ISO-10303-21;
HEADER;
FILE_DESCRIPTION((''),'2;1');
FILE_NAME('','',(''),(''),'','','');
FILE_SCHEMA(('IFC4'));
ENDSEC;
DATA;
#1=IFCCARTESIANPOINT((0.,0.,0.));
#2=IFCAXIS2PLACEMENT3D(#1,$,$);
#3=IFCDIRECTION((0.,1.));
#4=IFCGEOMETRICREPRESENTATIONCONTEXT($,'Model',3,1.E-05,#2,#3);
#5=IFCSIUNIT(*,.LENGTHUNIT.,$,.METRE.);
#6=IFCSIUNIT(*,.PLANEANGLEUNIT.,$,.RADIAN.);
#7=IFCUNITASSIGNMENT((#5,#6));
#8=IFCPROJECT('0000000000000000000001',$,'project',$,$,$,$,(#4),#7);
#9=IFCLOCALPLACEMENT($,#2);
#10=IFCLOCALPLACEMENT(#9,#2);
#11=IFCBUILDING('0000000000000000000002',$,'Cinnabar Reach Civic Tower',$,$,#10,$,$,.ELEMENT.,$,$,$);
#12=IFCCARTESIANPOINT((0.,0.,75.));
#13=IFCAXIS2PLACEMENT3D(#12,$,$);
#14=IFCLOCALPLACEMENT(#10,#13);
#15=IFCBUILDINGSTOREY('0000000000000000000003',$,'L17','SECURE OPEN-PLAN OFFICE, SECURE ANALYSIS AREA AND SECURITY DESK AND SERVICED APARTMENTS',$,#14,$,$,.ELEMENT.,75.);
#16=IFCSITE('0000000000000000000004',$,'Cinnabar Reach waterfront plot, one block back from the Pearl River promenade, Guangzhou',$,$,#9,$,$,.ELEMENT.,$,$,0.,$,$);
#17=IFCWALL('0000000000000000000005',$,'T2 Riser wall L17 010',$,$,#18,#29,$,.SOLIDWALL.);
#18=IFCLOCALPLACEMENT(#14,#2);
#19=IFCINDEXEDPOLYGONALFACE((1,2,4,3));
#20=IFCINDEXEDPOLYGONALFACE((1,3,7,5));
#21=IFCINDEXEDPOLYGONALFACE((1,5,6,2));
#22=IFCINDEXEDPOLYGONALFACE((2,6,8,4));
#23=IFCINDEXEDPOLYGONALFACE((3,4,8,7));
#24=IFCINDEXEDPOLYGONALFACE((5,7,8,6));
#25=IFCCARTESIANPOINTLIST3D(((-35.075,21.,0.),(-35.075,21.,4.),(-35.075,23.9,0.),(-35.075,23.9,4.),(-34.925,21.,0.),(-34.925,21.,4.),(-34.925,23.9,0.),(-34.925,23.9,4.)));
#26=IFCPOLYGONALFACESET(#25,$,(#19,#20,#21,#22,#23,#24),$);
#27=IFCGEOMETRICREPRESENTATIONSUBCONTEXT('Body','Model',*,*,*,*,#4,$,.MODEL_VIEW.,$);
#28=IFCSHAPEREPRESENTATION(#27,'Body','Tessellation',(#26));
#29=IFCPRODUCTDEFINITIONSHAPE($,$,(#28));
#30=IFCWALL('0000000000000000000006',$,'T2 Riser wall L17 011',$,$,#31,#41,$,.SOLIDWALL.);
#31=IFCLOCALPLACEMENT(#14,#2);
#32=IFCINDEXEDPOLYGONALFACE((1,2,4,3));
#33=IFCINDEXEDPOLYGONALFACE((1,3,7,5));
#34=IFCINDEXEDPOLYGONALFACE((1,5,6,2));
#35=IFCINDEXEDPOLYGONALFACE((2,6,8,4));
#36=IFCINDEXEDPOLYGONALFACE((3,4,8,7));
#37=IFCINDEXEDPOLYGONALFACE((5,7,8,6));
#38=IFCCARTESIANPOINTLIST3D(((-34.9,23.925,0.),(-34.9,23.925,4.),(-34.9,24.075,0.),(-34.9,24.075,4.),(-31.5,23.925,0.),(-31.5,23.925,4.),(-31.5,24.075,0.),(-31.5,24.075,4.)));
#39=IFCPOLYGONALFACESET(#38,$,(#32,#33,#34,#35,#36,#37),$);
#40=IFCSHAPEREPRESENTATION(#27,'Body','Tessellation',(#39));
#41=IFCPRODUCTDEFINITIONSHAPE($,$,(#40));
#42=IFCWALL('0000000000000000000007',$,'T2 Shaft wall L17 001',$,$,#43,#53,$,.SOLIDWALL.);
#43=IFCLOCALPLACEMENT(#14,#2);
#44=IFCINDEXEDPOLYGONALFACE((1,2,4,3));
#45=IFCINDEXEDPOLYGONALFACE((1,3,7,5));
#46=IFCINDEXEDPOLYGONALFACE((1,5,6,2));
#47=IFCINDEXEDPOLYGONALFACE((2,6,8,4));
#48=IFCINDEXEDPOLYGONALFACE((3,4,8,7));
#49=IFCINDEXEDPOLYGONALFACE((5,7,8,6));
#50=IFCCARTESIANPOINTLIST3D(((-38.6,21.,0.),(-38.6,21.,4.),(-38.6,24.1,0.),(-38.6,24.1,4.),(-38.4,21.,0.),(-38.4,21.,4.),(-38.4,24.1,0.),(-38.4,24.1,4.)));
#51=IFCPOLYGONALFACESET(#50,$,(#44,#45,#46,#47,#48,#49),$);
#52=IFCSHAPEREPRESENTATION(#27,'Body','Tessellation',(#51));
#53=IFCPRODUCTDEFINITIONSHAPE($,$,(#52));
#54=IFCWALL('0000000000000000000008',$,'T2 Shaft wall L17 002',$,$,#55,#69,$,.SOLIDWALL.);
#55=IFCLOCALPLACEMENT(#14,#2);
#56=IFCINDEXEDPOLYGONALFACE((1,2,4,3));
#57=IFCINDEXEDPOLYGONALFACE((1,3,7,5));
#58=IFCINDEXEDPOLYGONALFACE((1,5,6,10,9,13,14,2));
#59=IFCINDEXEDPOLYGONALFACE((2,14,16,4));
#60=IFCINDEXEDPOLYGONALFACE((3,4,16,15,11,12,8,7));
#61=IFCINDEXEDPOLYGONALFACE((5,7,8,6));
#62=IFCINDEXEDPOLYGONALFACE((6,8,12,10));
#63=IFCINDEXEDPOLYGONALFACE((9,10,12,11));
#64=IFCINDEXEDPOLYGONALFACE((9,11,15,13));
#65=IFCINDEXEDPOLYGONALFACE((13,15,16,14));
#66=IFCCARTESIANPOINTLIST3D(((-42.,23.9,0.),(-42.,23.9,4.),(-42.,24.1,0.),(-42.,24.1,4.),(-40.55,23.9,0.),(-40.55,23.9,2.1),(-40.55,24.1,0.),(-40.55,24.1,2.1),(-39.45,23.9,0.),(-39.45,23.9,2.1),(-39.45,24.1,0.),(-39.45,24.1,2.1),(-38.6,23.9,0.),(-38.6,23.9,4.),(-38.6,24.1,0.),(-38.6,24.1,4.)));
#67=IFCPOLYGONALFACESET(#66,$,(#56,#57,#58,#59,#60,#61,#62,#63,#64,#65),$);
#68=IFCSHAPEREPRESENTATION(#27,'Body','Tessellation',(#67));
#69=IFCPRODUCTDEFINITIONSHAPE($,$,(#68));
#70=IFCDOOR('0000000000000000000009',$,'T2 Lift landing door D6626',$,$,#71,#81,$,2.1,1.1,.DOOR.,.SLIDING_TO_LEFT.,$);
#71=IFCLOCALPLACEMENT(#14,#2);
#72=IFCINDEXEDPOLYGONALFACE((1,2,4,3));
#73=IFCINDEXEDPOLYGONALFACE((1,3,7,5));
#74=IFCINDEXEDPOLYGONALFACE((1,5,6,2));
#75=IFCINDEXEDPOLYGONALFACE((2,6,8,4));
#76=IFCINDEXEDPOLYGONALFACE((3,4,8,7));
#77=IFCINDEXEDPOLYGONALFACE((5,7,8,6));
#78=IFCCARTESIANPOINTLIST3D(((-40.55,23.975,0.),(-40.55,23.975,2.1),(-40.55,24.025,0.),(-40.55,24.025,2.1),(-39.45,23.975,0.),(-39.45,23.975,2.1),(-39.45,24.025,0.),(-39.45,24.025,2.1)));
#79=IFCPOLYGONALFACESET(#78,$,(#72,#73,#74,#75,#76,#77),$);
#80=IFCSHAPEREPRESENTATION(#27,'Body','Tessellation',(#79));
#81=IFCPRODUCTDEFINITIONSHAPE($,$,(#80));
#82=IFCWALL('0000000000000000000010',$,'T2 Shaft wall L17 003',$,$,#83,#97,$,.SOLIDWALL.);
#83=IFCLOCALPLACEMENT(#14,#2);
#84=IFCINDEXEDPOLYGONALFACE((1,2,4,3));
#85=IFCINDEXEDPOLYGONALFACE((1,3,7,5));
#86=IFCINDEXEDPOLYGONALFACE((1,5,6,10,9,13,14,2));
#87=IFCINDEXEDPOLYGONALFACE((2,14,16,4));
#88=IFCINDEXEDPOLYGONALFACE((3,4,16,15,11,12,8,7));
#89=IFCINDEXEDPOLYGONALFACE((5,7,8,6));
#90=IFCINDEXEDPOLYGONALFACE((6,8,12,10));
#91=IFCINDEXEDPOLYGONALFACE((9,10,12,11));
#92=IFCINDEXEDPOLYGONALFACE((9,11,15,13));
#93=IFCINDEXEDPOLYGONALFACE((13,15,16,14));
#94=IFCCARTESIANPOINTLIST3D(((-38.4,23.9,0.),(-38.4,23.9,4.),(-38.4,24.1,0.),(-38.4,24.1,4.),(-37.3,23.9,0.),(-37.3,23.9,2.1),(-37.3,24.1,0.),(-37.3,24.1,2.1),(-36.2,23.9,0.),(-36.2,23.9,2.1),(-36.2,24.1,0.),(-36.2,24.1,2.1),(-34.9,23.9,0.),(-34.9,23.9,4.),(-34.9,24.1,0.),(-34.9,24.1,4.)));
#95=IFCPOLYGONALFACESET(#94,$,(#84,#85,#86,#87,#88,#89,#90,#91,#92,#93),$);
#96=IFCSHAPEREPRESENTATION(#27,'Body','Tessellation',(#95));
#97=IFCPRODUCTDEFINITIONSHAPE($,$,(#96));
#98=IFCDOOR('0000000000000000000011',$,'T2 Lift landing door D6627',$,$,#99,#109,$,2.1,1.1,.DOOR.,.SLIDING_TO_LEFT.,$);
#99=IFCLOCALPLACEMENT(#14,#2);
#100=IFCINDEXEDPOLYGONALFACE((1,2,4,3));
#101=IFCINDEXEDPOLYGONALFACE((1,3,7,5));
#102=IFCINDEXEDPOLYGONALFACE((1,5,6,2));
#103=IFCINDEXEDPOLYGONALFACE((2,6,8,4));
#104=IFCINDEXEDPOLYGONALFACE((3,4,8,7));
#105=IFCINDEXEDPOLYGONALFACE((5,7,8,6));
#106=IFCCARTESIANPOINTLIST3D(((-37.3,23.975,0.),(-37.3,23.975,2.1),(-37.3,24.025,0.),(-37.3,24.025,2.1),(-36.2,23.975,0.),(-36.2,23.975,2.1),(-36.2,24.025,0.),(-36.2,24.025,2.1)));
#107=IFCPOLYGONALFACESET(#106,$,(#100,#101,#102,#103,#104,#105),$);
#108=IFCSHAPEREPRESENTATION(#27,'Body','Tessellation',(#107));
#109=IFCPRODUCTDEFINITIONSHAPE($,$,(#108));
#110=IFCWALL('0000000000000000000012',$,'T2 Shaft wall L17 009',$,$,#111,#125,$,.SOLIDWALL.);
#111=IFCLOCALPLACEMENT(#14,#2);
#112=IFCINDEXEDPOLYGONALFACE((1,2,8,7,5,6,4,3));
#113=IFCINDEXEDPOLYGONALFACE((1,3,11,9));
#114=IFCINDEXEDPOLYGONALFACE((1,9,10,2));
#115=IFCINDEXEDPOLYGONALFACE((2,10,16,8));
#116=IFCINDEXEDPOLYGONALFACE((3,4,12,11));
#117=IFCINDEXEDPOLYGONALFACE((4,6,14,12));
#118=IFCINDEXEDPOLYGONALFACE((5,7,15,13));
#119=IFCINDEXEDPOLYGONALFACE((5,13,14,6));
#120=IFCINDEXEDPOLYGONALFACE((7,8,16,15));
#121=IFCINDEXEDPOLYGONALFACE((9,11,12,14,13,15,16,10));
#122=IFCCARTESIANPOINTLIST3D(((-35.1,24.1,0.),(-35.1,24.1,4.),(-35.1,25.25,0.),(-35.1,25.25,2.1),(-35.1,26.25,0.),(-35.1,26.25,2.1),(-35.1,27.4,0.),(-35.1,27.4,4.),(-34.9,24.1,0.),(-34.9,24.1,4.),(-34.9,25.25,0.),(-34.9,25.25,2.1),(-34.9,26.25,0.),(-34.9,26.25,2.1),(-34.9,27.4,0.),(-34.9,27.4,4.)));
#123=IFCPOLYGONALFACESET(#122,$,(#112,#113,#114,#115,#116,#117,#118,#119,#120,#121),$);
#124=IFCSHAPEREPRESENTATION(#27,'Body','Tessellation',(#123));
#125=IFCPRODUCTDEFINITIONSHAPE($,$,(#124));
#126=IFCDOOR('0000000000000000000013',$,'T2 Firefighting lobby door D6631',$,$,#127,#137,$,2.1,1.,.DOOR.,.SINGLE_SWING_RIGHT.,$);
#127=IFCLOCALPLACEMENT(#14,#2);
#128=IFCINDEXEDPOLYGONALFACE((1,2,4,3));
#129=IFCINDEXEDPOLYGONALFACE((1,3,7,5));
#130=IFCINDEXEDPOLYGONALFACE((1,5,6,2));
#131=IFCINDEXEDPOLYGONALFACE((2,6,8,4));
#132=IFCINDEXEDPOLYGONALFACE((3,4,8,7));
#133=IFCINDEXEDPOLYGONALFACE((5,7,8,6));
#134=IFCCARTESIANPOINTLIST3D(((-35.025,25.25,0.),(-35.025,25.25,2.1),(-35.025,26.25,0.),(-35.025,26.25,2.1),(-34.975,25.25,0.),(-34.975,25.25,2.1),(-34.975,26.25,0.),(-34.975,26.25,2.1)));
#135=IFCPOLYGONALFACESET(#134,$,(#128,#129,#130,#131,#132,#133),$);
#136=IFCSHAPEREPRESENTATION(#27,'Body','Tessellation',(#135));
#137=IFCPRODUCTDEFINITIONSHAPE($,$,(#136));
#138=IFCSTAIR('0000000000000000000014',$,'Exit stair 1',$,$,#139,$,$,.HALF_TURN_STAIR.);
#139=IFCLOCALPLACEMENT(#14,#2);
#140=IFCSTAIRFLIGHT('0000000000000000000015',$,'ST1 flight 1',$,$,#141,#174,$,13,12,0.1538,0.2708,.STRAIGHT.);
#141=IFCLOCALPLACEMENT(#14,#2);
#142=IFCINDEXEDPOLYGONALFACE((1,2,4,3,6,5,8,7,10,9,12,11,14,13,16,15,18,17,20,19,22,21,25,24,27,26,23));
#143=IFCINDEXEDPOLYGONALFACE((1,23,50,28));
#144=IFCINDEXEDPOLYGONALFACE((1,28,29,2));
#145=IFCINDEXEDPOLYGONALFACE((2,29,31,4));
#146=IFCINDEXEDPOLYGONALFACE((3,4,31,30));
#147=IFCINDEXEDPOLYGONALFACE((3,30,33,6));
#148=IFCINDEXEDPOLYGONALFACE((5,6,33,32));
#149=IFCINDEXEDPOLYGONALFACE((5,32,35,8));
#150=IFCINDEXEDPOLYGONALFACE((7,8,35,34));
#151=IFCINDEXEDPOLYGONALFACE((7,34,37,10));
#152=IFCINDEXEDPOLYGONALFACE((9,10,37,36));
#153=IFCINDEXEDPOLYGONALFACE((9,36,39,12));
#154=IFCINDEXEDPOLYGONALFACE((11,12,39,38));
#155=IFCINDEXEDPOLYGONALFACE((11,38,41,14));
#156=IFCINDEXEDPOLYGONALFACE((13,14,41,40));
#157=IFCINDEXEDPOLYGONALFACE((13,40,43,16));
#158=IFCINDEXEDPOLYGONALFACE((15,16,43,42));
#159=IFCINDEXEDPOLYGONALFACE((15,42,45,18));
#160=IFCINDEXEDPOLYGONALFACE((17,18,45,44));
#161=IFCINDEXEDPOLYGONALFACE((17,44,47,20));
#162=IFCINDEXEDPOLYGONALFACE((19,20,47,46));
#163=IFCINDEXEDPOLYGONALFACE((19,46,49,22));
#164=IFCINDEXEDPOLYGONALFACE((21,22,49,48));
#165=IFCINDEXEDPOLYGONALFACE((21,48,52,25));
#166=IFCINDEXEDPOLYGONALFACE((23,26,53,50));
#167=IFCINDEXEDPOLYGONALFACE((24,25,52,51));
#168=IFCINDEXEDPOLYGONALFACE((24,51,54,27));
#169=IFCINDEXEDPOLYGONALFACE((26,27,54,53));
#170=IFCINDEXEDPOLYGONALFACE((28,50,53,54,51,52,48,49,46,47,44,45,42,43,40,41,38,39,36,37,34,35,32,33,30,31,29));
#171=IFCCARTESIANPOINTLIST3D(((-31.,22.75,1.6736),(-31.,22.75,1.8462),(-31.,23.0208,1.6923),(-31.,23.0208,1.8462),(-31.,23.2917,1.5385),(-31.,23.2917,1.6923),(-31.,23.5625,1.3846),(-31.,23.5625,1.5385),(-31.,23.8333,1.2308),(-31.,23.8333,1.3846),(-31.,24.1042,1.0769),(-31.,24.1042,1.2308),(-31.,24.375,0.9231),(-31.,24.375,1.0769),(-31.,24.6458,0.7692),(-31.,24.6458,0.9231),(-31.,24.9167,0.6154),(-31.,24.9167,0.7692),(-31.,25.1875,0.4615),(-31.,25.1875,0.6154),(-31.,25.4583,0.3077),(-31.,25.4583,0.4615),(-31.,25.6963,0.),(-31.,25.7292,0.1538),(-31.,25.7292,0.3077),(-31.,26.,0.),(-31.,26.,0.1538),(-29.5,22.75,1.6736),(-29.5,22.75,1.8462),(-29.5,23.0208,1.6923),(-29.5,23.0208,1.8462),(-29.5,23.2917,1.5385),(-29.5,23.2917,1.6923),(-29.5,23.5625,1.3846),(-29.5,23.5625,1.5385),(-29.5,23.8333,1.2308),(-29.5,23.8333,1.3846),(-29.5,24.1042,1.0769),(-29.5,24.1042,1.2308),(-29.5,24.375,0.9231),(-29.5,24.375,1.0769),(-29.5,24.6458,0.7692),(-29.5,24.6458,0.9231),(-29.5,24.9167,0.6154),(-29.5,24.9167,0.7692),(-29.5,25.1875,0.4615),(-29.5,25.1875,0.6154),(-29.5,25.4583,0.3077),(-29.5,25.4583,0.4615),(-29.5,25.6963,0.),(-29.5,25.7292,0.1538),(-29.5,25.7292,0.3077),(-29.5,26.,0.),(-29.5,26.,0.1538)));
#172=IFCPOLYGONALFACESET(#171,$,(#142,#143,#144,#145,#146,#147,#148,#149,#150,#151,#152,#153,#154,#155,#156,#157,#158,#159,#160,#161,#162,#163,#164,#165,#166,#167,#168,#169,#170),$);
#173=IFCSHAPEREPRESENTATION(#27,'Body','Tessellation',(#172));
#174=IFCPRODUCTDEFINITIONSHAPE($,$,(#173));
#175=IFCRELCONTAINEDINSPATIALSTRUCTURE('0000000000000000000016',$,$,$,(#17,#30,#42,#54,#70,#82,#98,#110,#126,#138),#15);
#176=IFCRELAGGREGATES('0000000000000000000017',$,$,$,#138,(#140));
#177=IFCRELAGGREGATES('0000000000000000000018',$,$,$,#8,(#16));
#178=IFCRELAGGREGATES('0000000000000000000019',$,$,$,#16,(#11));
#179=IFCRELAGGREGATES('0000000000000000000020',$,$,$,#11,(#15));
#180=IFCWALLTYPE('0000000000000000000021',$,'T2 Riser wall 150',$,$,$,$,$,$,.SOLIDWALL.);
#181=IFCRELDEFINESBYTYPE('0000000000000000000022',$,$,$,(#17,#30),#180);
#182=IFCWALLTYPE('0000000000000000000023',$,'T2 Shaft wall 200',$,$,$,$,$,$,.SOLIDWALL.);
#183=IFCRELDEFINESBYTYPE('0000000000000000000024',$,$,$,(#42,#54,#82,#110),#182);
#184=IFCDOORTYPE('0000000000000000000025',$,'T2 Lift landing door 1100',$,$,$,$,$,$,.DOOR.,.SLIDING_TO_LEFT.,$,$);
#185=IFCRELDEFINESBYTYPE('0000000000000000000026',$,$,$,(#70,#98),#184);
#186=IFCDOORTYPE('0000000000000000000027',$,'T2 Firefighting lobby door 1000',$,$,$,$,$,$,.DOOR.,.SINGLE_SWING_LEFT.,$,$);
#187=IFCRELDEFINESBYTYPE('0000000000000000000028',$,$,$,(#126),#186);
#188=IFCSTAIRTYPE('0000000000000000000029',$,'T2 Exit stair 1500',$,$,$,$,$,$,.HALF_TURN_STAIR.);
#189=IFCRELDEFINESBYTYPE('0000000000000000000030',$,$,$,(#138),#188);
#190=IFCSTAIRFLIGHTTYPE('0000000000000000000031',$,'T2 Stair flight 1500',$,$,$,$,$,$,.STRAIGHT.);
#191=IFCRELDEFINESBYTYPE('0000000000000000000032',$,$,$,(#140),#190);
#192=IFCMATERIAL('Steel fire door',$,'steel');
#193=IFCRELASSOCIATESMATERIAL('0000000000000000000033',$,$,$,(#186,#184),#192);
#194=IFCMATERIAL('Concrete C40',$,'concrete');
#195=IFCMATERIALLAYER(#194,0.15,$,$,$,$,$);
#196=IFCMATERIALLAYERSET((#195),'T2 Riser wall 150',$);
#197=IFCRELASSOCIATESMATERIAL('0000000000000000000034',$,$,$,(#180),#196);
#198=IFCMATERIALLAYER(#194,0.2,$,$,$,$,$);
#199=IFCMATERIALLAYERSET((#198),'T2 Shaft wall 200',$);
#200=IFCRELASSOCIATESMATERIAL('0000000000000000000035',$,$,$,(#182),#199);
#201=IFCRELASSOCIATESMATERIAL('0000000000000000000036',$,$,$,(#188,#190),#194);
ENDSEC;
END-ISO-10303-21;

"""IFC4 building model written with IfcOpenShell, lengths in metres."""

from ifc_helpers import new_model, si_unit, direction, frame, frame_2d, origin, place, context, subcontext, project, spatial, polyline, rectangle, outline, extrude, material, layer, layer_set, type_object, element, fill, aggregate, save


model = new_model("IFC4")

# Units and contexts
model_context = context("Model", 3, precision=1e-05, world=origin(), true_north=direction((0.0, 1.0)))
body_context = subcontext(model_context, "Body", "Model", "MODEL_VIEW")
ifc_project = project(units=[si_unit("LENGTHUNIT", "METRE"), si_unit("PLANEANGLEUNIT", "RADIAN")], contexts=[model_context])

# Site, building, storey
site_placement = place(None, origin())
site = spatial("IfcSite", under=ifc_project, at=site_placement, Name="Cinnabar Reach waterfront plot, one block back from the Pearl River promenade, Guangzhou", CompositionType="ELEMENT", RefElevation=0.0)
building_placement = place(site_placement, origin())
building = spatial("IfcBuilding", under=site, at=building_placement, Name="Cinnabar Reach Civic Tower", CompositionType="ELEMENT")
storey_placement = place(building_placement, frame((0.0, 0.0, 75.0)))
storey = spatial("IfcBuildingStorey", under=building, at=storey_placement, Name="L17", Description="SECURE OPEN-PLAN OFFICE, SECURE ANALYSIS AREA AND SECURITY DESK AND SERVICED APARTMENTS", CompositionType="ELEMENT", Elevation=75.0)

# Shared definitions
ifc_material_1 = material(Name="Steel fire door", Category="steel")
door_type_1 = type_object("IfcDoorType", Name="T2 Firefighting lobby door 1000", OperationType="SINGLE_SWING_LEFT", PredefinedType="DOOR", material=ifc_material_1)

# Walls
ifc_material_2 = material(Name="Concrete C40", Category="concrete")
ifc_layer_1 = layer(ifc_material_2, 0.15)
ifc_layer_set_1 = layer_set([ifc_layer_1], Name="T2 Riser wall 150")
wall_type_1 = type_object("IfcWallType", Name="T2 Riser wall 150", PredefinedType="SOLIDWALL", material=ifc_layer_set_1)
wall_1_placement = place(storey_placement, frame((-35.0, 21.0, 0.0), z_axis=(0.0, 0.0, 1.0), x_axis=(0.0, 1.0, 0.0)))
element("IfcWall", 1, at=wall_1_placement, inside=storey, type_object=wall_type_1, Name="T2 Riser wall L17 010", PredefinedType="SOLIDWALL", context=body_context, shape_type="SweptSolid", body=[
    extrude(rectangle(XDim=2.9, YDim=0.15, at=frame_2d((1.45, 0.0))), origin(), (0.0, 0.0, 1.0), 4.0),
])
wall_2_placement = place(storey_placement, frame((-31.5, 24.0, 0.0), z_axis=(0.0, 0.0, 1.0), x_axis=(-1.0, 0.0, 0.0)))
element("IfcWall", 2, at=wall_2_placement, inside=storey, type_object=wall_type_1, Name="T2 Riser wall L17 011", PredefinedType="SOLIDWALL", context=body_context, shape_type="SweptSolid", body=[
    extrude(rectangle(XDim=3.4, YDim=0.15, at=frame_2d((1.7, 0.0))), origin(), (0.0, 0.0, 1.0), 4.0),
])
ifc_layer_2 = layer(ifc_material_2, 0.2)
ifc_layer_set_2 = layer_set([ifc_layer_2], Name="T2 Shaft wall 200")
wall_type_2 = type_object("IfcWallType", Name="T2 Shaft wall 200", PredefinedType="SOLIDWALL", material=ifc_layer_set_2)
wall_3_placement = place(storey_placement, frame((-38.5, 21.0, 0.0), z_axis=(0.0, 0.0, 1.0), x_axis=(0.0, 1.0, 0.0)))
element("IfcWall", 3, at=wall_3_placement, inside=storey, type_object=wall_type_2, Name="T2 Shaft wall L17 001", PredefinedType="SOLIDWALL", context=body_context, shape_type="SweptSolid", body=[
    extrude(rectangle(XDim=3.1, YDim=0.2, at=frame_2d((1.55, 0.0))), origin(), (0.0, 0.0, 1.0), 4.0),
])

# Walls, openings, doors
wall_4_placement = place(storey_placement, frame((-38.6, 24.0, 0.0), z_axis=(0.0, 0.0, 1.0), x_axis=(-1.0, 0.0, 0.0)))
wall_4 = element("IfcWall", 4, at=wall_4_placement, inside=storey, type_object=wall_type_2, Name="T2 Shaft wall L17 002", PredefinedType="SOLIDWALL", context=body_context, shape_type="SweptSolid", body=[
    extrude(rectangle(XDim=3.4, YDim=0.2, at=frame_2d((1.7, 0.0))), origin(), (0.0, 0.0, 1.0), 4.0),
])
opening_1_placement = place(wall_4_placement, frame((0.85, 0.0, 0.0)))
opening_1 = element("IfcOpeningElement", 5, at=opening_1_placement, cuts=wall_4, PredefinedType="OPENING", context=body_context, shape_type="SweptSolid", body=[
    extrude(rectangle(XDim=1.1, YDim=2.1, at=frame_2d((0.55, 1.05))), frame((0.0, 0.11, 0.0), z_axis=(0.0, -1.0, 0.0), x_axis=(1.0, 0.0, 0.0)), (0.0, 0.0, 1.0), 0.22),
])
door_type_2 = type_object("IfcDoorType", Name="T2 Lift landing door 1100", OperationType="SLIDING_TO_LEFT", PredefinedType="DOOR", material=ifc_material_1)
door_1_placement = place(opening_1_placement, origin())
door_1 = element("IfcDoor", 6, at=door_1_placement, inside=storey, type_object=door_type_2, Name="T2 Lift landing door D6626", OperationType="SLIDING_TO_LEFT", OverallHeight=2.1, OverallWidth=1.1, PredefinedType="DOOR", context=body_context, shape_type="SweptSolid", body=[
    extrude(rectangle(XDim=1.1, YDim=2.1, at=frame_2d((0.55, 1.05))), frame((0.0, 0.025, 0.0), z_axis=(0.0, -1.0, 0.0), x_axis=(1.0, 0.0, 0.0)), (0.0, 0.0, 1.0), 0.05),
])
fill(opening_1, door_1)
wall_5_placement = place(storey_placement, frame((-34.9, 24.0, 0.0), z_axis=(0.0, 0.0, 1.0), x_axis=(-1.0, 0.0, 0.0)))
wall_5 = element("IfcWall", 7, at=wall_5_placement, inside=storey, type_object=wall_type_2, Name="T2 Shaft wall L17 003", PredefinedType="SOLIDWALL", context=body_context, shape_type="SweptSolid", body=[
    extrude(rectangle(XDim=3.5, YDim=0.2, at=frame_2d((1.75, 0.0))), origin(), (0.0, 0.0, 1.0), 4.0),
])
opening_2_placement = place(wall_5_placement, frame((1.3, 0.0, 0.0)))
opening_2 = element("IfcOpeningElement", 8, at=opening_2_placement, cuts=wall_5, PredefinedType="OPENING", context=body_context, shape_type="SweptSolid", body=[
    extrude(rectangle(XDim=1.1, YDim=2.1, at=frame_2d((0.55, 1.05))), frame((0.0, 0.11, 0.0), z_axis=(0.0, -1.0, 0.0), x_axis=(1.0, 0.0, 0.0)), (0.0, 0.0, 1.0), 0.22),
])
door_2_placement = place(opening_2_placement, origin())
door_2 = element("IfcDoor", 9, at=door_2_placement, inside=storey, type_object=door_type_2, Name="T2 Lift landing door D6627", OperationType="SLIDING_TO_LEFT", OverallHeight=2.1, OverallWidth=1.1, PredefinedType="DOOR", context=body_context, shape_type="SweptSolid", body=[
    extrude(rectangle(XDim=1.1, YDim=2.1, at=frame_2d((0.55, 1.05))), frame((0.0, 0.025, 0.0), z_axis=(0.0, -1.0, 0.0), x_axis=(1.0, 0.0, 0.0)), (0.0, 0.0, 1.0), 0.05),
])
fill(opening_2, door_2)
wall_6_placement = place(storey_placement, frame((-35.0, 24.1, 0.0), z_axis=(0.0, 0.0, 1.0), x_axis=(0.0, 1.0, 0.0)))
wall_6 = element("IfcWall", 10, at=wall_6_placement, inside=storey, type_object=wall_type_2, Name="T2 Shaft wall L17 009", PredefinedType="SOLIDWALL", context=body_context, shape_type="SweptSolid", body=[
    extrude(rectangle(XDim=3.3, YDim=0.2, at=frame_2d((1.65, 0.0))), origin(), (0.0, 0.0, 1.0), 4.0),
])
opening_3_placement = place(wall_6_placement, frame((1.15, 0.0, 0.0)))
opening_3 = element("IfcOpeningElement", 11, at=opening_3_placement, cuts=wall_6, PredefinedType="OPENING", context=body_context, shape_type="SweptSolid", body=[
    extrude(rectangle(XDim=1.0, YDim=2.1, at=frame_2d((0.5, 1.05))), frame((0.0, 0.11, 0.0), z_axis=(0.0, -1.0, 0.0), x_axis=(1.0, 0.0, 0.0)), (0.0, 0.0, 1.0), 0.22),
])
door_3_placement = place(opening_3_placement, origin())
door_3 = element("IfcDoor", 12, at=door_3_placement, inside=storey, type_object=door_type_1, Name="T2 Firefighting lobby door D6631", OperationType="SINGLE_SWING_RIGHT", OverallHeight=2.1, OverallWidth=1.0, PredefinedType="DOOR", context=body_context, shape_type="SweptSolid", body=[
    extrude(rectangle(XDim=1.0, YDim=2.1, at=frame_2d((0.5, 1.05))), frame((0.0, 0.025, 0.0), z_axis=(0.0, -1.0, 0.0), x_axis=(1.0, 0.0, 0.0)), (0.0, 0.0, 1.0), 0.05),
])
fill(opening_3, door_3)

# Stair, stair flight
stair_type = type_object("IfcStairType", Name="T2 Exit stair 1500", PredefinedType="HALF_TURN_STAIR", material=ifc_material_2)
stair_placement = place(storey_placement, origin())
stair = element("IfcStair", 13, at=stair_placement, inside=storey, type_object=stair_type, Name="Exit stair 1", PredefinedType="HALF_TURN_STAIR")
stair_flight_type = type_object("IfcStairFlightType", Name="T2 Stair flight 1500", PredefinedType="STRAIGHT", material=ifc_material_2)
stair_flight_1_placement = place(storey_placement, frame((-30.25, 26.0, 0.0), z_axis=(0.0, 0.0, 1.0), x_axis=(0.0, -1.0, 0.0)))
stair_flight_1 = element("IfcStairFlight", 14, at=stair_flight_1_placement, type_object=stair_flight_type, Name="ST1 flight 1", NumberOfRisers=13, NumberOfTreads=12, PredefinedType="STRAIGHT", RiserHeight=0.1538, TreadLength=0.2708, context=body_context, shape_type="SweptSolid", body=[
    extrude(outline(polyline([(0.0, 0.0), (0.0, 0.1538), (0.2708, 0.1538), (0.2708, 0.3077), (0.5417, 0.3077), (0.5417, 0.4615), (0.8125, 0.4615), (0.8125, 0.6154), (1.0833, 0.6154), (1.0833, 0.7692), (1.3542, 0.7692), (1.3542, 0.9231), (1.625, 0.9231), (1.625, 1.0769), (1.8958, 1.0769), (1.8958, 1.2308), (2.1667, 1.2308), (2.1667, 1.3846), (2.4375, 1.3846), (2.4375, 1.5385), (2.7083, 1.5385), (2.7083, 1.6923), (2.9792, 1.6923), (2.9792, 1.8462), (3.25, 1.8462), (3.25, 2.0), (3.25, 1.6736), (0.3037, 0.0), (0.0, 0.0)])), frame((0.0, 0.75, 0.0), z_axis=(0.0, -1.0, 0.0), x_axis=(1.0, 0.0, 0.0)), (0.0, 0.0, 1.0), 1.5),
])
aggregate(stair, [stair_flight_1])

save(model, "model.ifc")
